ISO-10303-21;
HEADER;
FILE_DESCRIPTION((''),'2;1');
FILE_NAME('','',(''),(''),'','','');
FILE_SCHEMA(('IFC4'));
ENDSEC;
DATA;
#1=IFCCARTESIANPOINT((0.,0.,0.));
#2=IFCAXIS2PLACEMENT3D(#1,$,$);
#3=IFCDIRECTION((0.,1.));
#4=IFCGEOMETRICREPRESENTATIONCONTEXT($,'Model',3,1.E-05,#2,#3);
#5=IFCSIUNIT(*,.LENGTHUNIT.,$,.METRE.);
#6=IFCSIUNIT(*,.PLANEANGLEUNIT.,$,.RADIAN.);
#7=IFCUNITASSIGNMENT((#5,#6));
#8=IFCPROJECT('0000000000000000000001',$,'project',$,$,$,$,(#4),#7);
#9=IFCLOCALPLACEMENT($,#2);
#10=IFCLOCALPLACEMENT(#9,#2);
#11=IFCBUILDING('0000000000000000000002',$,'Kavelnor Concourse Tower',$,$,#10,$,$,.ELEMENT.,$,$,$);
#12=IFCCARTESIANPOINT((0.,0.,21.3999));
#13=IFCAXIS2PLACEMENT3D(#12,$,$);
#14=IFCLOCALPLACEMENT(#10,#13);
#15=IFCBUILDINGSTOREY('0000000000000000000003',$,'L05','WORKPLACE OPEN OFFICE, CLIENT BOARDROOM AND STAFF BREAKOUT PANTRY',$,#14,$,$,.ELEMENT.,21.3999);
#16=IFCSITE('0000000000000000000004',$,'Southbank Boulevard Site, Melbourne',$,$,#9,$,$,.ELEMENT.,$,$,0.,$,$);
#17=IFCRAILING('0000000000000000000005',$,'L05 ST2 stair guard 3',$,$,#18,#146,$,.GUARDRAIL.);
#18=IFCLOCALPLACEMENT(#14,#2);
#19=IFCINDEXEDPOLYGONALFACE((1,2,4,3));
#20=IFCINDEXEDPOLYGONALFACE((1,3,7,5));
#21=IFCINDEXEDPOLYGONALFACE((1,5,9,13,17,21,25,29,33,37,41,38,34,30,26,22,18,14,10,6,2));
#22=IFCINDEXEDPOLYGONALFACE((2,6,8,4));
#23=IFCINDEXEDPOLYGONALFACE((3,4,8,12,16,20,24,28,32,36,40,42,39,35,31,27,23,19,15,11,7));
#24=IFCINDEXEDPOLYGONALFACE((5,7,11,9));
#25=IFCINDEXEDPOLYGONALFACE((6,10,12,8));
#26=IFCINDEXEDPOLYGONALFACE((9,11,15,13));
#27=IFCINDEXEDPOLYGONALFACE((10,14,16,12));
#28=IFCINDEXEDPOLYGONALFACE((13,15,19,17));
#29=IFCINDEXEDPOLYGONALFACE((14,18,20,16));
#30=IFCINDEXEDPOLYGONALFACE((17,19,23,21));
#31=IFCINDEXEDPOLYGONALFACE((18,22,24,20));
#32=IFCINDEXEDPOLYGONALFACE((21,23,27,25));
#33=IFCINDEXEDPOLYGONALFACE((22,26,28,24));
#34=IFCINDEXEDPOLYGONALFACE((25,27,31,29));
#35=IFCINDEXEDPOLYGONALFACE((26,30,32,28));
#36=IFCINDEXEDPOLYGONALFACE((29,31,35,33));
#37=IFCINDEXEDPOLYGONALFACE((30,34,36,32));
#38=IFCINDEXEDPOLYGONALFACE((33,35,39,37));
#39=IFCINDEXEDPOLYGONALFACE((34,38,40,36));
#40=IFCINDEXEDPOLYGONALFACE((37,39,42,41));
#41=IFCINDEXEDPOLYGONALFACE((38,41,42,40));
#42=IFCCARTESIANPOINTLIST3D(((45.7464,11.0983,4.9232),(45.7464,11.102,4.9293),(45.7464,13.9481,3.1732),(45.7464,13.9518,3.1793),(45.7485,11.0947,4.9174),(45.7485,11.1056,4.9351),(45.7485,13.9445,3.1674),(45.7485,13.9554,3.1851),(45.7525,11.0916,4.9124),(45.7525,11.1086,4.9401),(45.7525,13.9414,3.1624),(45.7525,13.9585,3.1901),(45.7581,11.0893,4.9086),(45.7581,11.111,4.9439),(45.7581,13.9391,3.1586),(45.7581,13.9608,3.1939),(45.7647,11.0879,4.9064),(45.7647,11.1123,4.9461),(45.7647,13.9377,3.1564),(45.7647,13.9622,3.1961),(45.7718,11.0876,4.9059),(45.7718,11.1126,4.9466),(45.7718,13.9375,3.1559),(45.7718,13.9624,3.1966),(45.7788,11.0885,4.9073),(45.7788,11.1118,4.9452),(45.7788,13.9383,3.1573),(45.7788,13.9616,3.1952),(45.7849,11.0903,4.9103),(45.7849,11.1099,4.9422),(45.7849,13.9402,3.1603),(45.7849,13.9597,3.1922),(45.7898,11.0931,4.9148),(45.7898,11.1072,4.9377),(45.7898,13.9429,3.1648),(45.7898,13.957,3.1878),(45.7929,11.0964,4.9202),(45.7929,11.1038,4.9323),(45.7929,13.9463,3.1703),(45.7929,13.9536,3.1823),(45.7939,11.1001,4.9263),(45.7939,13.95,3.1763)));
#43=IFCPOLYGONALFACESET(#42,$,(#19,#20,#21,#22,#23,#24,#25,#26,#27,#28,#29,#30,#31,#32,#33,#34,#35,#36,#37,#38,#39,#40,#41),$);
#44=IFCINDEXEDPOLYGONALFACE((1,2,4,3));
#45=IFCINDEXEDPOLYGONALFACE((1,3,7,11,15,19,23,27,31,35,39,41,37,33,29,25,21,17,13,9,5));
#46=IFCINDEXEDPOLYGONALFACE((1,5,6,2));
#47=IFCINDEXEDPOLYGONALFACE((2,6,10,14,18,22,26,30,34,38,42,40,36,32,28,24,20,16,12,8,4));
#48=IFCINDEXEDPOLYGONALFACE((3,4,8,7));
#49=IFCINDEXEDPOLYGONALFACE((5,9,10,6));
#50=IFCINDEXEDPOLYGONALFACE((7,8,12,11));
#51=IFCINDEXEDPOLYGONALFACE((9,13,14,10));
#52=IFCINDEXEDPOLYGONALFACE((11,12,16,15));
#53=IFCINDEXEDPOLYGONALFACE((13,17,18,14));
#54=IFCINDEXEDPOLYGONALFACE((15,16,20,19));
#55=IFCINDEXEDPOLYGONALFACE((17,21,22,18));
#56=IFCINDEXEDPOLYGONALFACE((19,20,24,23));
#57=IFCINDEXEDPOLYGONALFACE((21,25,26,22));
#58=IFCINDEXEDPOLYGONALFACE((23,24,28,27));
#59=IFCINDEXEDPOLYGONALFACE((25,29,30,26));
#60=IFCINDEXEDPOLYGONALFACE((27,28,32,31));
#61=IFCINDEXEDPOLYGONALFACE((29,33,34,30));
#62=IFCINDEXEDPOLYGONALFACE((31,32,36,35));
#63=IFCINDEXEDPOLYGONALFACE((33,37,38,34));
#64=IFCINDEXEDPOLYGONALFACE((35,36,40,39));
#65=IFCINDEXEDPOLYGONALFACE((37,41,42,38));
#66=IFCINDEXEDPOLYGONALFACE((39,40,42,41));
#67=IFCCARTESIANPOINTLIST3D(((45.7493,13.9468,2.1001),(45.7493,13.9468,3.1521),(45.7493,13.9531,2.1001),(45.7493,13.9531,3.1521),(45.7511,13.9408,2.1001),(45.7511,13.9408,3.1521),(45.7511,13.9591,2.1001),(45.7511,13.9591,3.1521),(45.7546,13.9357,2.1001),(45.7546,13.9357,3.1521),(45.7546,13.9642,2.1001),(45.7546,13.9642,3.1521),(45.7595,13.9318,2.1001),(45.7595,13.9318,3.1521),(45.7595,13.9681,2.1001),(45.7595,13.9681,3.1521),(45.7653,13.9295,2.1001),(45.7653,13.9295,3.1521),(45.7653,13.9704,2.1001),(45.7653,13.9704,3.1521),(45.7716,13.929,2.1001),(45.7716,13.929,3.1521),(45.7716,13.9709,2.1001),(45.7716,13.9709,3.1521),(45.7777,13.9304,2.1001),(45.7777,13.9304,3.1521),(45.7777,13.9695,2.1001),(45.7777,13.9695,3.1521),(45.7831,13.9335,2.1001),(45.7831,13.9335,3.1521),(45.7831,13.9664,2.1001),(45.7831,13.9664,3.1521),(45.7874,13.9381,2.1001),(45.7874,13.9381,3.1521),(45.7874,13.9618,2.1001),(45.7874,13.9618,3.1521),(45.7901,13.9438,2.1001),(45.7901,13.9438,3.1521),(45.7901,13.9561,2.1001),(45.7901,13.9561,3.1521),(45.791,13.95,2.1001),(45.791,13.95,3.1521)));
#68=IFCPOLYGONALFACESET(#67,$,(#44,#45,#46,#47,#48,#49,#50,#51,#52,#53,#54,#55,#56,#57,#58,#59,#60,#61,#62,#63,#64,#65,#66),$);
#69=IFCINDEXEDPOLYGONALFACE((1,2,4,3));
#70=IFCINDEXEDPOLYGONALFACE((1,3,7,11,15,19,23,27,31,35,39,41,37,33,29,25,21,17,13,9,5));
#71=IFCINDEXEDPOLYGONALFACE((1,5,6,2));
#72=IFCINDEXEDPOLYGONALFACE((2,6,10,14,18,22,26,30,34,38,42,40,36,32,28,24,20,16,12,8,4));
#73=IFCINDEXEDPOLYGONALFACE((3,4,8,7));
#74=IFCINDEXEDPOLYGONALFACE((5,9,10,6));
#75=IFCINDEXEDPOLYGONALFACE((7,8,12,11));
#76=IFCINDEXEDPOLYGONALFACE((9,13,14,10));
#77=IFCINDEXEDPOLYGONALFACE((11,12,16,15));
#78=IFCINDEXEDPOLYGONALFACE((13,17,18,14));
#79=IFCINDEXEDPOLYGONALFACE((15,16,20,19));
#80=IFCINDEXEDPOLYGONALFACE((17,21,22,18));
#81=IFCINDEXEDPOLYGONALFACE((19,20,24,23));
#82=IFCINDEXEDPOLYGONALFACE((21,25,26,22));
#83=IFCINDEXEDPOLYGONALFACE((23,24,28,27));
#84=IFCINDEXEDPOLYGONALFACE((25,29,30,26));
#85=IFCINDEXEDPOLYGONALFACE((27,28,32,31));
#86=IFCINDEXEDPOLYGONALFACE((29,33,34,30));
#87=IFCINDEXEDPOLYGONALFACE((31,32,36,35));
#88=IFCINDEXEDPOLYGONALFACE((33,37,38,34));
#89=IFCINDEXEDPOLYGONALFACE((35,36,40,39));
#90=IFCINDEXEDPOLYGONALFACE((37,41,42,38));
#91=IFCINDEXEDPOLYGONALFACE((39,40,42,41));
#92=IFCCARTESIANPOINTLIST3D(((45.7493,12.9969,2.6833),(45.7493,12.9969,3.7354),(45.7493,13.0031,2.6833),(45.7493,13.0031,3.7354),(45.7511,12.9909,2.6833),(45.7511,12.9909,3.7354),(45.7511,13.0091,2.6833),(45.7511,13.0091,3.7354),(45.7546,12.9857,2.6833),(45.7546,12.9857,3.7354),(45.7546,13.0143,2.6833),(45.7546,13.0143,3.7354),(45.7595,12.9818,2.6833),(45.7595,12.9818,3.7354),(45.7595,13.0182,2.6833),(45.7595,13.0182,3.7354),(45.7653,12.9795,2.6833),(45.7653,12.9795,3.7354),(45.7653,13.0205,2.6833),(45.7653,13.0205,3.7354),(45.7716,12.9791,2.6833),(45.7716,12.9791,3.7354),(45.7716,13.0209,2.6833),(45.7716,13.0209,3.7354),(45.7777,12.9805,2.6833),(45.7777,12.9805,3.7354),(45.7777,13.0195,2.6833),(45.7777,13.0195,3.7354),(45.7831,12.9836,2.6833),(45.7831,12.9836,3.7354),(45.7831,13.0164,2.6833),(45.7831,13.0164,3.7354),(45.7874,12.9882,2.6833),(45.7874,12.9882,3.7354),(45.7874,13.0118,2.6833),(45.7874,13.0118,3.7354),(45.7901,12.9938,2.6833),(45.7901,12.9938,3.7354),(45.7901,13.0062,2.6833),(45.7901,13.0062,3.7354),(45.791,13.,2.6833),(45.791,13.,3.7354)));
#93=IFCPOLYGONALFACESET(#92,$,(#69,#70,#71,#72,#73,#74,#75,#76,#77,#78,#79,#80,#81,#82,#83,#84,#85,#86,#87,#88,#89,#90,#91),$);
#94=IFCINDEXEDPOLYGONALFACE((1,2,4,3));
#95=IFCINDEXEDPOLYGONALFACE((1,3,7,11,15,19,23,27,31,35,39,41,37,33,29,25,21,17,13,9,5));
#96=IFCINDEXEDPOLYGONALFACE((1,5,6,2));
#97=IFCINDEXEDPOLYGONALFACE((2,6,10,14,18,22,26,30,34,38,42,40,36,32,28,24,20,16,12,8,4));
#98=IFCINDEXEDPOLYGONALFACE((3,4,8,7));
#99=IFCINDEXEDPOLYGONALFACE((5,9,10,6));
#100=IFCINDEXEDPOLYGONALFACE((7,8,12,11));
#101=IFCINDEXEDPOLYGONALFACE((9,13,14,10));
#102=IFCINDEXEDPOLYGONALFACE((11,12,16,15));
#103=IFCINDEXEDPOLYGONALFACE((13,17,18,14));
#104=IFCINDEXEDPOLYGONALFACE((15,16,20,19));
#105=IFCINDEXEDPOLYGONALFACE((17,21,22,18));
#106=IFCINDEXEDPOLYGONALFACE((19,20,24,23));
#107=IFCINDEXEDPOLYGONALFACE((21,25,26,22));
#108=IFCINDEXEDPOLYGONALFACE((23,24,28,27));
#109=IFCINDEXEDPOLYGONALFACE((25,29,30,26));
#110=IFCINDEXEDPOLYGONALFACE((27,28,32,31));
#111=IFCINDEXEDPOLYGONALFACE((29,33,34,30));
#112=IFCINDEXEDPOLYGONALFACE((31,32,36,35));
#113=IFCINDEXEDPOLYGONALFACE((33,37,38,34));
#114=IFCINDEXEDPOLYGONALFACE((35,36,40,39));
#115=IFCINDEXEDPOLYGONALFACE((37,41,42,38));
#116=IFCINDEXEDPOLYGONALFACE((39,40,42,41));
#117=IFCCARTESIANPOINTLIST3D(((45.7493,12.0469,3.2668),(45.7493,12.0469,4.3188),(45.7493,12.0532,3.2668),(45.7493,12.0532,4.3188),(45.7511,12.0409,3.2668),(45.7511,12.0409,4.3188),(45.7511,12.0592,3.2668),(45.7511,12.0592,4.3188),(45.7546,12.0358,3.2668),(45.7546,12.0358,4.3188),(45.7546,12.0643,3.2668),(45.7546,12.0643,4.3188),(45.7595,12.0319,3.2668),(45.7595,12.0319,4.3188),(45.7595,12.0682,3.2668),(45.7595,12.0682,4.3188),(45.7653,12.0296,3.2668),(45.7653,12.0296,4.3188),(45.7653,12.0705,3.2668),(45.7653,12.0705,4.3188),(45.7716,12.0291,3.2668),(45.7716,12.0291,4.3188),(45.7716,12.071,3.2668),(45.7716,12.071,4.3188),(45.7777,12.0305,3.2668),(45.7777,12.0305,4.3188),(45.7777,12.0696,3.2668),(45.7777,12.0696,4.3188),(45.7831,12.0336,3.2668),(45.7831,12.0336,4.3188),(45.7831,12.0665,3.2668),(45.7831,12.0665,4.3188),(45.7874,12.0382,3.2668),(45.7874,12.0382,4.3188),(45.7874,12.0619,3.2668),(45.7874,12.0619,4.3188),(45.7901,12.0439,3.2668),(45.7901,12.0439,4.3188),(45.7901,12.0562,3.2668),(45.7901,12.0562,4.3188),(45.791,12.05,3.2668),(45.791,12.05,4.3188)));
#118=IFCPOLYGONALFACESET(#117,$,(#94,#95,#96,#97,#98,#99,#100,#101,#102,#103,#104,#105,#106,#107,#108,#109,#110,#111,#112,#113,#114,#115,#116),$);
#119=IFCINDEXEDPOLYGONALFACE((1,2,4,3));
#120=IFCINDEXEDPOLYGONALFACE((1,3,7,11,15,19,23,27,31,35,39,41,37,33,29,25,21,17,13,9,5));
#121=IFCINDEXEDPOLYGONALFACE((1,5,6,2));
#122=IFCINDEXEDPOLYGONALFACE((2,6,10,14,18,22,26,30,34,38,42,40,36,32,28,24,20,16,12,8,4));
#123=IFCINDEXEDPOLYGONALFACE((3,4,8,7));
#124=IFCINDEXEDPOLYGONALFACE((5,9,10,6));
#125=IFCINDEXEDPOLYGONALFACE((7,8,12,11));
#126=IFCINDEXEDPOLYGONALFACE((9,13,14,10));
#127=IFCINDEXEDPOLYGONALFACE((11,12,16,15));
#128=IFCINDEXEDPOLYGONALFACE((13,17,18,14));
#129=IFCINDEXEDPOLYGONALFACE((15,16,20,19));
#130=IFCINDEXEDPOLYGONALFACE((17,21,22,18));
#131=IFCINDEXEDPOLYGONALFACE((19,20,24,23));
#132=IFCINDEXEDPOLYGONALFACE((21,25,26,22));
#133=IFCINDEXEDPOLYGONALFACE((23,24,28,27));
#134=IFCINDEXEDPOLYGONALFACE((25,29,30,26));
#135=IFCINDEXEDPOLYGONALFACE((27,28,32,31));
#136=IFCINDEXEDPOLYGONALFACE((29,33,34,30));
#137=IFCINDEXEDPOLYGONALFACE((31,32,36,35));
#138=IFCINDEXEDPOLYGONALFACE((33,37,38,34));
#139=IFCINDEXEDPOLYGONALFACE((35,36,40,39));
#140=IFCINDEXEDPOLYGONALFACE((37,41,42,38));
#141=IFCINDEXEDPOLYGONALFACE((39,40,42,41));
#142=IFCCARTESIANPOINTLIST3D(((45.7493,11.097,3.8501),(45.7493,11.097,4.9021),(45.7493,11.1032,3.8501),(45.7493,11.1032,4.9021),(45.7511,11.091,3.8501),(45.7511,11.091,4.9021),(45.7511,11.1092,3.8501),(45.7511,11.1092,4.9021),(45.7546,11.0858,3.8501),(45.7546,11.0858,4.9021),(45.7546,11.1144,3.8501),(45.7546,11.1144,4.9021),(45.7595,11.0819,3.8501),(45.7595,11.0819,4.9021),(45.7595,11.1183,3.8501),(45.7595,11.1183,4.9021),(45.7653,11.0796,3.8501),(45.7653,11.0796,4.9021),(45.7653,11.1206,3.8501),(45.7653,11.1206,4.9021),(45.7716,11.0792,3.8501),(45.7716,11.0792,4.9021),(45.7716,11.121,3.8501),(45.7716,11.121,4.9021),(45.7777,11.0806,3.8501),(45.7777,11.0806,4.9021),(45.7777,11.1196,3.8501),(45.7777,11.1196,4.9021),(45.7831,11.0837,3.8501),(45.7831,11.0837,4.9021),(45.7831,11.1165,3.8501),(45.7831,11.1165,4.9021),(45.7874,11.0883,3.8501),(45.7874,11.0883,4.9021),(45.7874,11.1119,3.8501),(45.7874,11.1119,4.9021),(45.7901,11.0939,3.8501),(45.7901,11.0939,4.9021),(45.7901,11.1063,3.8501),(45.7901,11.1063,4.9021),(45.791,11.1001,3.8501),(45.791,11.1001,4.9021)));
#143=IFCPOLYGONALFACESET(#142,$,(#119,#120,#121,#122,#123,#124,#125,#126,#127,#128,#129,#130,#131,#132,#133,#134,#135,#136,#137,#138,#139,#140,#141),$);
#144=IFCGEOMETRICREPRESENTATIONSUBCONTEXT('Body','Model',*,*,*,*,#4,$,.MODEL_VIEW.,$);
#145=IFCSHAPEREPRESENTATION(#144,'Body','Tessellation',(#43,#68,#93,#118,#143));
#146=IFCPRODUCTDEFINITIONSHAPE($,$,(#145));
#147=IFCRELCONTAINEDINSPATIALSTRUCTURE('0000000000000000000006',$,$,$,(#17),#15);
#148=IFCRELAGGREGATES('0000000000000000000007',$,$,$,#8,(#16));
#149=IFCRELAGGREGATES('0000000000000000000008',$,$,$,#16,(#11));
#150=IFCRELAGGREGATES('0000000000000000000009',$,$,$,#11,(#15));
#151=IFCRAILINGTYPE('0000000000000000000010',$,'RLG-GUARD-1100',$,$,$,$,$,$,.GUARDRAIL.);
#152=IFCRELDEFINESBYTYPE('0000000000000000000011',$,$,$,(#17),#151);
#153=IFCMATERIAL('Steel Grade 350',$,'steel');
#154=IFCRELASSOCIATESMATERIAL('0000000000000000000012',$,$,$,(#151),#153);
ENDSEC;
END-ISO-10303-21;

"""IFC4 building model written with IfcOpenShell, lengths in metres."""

from ifc_helpers import new_model, si_unit, direction, frame, origin, origin_2d, place, context, subcontext, project, spatial, circle, extrude, material, type_object, element, save


model = new_model("IFC4")

# Units and contexts
model_context = context("Model", 3, precision=1e-05, world=origin(), true_north=direction((0.0, 1.0)))
body_context = subcontext(model_context, "Body", "Model", "MODEL_VIEW")
ifc_project = project(units=[si_unit("LENGTHUNIT", "METRE"), si_unit("PLANEANGLEUNIT", "RADIAN")], contexts=[model_context])

# Site, building, storey
site_placement = place(None, origin())
site = spatial("IfcSite", under=ifc_project, at=site_placement, Name="Southbank Boulevard Site, Melbourne", CompositionType="ELEMENT", RefElevation=0.0)
building_placement = place(site_placement, origin())
building = spatial("IfcBuilding", under=site, at=building_placement, Name="Kavelnor Concourse Tower", CompositionType="ELEMENT")
storey_placement = place(building_placement, frame((0.0, 0.0, 21.3999)))
storey = spatial("IfcBuildingStorey", under=building, at=storey_placement, Name="L05", Description="WORKPLACE OPEN OFFICE, CLIENT BOARDROOM AND STAFF BREAKOUT PANTRY", CompositionType="ELEMENT", Elevation=21.3999)

# Shared definitions
ifc_material_1 = material(Name="Steel Grade 350", Category="steel")

# Railing
railing_type_1 = type_object("IfcRailingType", Name="RLG-GUARD-1100", PredefinedType="GUARDRAIL", material=ifc_material_1)
railing_1_placement = place(storey_placement, frame((45.77, 13.95, 2.1001)))
element("IfcRailing", 1, at=railing_1_placement, inside=storey, type_object=railing_type_1, Name="L05 ST2 stair guard 3", PredefinedType="GUARDRAIL", context=body_context, shape_type="SweptSolid", body=[
    extrude(circle(Radius=0.0239, at=origin_2d()), frame((0.0, 0.0, 1.0762), z_axis=(0.0, -0.852159, 0.523283), x_axis=(1.0, 0.0, 0.0)), (0.0, 0.0, 1.0), 3.3442),
    extrude(circle(Radius=0.021, at=origin_2d()), origin(), (0.0, 0.0, 1.0), 1.052),
    extrude(circle(Radius=0.021, at=origin_2d()), frame((0.0, -0.95, 0.5833)), (0.0, 0.0, 1.0), 1.052),
    extrude(circle(Radius=0.021, at=origin_2d()), frame((0.0, -1.8999, 1.1667)), (0.0, 0.0, 1.0), 1.052),
    extrude(circle(Radius=0.021, at=origin_2d()), frame((0.0, -2.8499, 1.75)), (0.0, 0.0, 1.0), 1.052),
])

save(model, "model.ifc")
